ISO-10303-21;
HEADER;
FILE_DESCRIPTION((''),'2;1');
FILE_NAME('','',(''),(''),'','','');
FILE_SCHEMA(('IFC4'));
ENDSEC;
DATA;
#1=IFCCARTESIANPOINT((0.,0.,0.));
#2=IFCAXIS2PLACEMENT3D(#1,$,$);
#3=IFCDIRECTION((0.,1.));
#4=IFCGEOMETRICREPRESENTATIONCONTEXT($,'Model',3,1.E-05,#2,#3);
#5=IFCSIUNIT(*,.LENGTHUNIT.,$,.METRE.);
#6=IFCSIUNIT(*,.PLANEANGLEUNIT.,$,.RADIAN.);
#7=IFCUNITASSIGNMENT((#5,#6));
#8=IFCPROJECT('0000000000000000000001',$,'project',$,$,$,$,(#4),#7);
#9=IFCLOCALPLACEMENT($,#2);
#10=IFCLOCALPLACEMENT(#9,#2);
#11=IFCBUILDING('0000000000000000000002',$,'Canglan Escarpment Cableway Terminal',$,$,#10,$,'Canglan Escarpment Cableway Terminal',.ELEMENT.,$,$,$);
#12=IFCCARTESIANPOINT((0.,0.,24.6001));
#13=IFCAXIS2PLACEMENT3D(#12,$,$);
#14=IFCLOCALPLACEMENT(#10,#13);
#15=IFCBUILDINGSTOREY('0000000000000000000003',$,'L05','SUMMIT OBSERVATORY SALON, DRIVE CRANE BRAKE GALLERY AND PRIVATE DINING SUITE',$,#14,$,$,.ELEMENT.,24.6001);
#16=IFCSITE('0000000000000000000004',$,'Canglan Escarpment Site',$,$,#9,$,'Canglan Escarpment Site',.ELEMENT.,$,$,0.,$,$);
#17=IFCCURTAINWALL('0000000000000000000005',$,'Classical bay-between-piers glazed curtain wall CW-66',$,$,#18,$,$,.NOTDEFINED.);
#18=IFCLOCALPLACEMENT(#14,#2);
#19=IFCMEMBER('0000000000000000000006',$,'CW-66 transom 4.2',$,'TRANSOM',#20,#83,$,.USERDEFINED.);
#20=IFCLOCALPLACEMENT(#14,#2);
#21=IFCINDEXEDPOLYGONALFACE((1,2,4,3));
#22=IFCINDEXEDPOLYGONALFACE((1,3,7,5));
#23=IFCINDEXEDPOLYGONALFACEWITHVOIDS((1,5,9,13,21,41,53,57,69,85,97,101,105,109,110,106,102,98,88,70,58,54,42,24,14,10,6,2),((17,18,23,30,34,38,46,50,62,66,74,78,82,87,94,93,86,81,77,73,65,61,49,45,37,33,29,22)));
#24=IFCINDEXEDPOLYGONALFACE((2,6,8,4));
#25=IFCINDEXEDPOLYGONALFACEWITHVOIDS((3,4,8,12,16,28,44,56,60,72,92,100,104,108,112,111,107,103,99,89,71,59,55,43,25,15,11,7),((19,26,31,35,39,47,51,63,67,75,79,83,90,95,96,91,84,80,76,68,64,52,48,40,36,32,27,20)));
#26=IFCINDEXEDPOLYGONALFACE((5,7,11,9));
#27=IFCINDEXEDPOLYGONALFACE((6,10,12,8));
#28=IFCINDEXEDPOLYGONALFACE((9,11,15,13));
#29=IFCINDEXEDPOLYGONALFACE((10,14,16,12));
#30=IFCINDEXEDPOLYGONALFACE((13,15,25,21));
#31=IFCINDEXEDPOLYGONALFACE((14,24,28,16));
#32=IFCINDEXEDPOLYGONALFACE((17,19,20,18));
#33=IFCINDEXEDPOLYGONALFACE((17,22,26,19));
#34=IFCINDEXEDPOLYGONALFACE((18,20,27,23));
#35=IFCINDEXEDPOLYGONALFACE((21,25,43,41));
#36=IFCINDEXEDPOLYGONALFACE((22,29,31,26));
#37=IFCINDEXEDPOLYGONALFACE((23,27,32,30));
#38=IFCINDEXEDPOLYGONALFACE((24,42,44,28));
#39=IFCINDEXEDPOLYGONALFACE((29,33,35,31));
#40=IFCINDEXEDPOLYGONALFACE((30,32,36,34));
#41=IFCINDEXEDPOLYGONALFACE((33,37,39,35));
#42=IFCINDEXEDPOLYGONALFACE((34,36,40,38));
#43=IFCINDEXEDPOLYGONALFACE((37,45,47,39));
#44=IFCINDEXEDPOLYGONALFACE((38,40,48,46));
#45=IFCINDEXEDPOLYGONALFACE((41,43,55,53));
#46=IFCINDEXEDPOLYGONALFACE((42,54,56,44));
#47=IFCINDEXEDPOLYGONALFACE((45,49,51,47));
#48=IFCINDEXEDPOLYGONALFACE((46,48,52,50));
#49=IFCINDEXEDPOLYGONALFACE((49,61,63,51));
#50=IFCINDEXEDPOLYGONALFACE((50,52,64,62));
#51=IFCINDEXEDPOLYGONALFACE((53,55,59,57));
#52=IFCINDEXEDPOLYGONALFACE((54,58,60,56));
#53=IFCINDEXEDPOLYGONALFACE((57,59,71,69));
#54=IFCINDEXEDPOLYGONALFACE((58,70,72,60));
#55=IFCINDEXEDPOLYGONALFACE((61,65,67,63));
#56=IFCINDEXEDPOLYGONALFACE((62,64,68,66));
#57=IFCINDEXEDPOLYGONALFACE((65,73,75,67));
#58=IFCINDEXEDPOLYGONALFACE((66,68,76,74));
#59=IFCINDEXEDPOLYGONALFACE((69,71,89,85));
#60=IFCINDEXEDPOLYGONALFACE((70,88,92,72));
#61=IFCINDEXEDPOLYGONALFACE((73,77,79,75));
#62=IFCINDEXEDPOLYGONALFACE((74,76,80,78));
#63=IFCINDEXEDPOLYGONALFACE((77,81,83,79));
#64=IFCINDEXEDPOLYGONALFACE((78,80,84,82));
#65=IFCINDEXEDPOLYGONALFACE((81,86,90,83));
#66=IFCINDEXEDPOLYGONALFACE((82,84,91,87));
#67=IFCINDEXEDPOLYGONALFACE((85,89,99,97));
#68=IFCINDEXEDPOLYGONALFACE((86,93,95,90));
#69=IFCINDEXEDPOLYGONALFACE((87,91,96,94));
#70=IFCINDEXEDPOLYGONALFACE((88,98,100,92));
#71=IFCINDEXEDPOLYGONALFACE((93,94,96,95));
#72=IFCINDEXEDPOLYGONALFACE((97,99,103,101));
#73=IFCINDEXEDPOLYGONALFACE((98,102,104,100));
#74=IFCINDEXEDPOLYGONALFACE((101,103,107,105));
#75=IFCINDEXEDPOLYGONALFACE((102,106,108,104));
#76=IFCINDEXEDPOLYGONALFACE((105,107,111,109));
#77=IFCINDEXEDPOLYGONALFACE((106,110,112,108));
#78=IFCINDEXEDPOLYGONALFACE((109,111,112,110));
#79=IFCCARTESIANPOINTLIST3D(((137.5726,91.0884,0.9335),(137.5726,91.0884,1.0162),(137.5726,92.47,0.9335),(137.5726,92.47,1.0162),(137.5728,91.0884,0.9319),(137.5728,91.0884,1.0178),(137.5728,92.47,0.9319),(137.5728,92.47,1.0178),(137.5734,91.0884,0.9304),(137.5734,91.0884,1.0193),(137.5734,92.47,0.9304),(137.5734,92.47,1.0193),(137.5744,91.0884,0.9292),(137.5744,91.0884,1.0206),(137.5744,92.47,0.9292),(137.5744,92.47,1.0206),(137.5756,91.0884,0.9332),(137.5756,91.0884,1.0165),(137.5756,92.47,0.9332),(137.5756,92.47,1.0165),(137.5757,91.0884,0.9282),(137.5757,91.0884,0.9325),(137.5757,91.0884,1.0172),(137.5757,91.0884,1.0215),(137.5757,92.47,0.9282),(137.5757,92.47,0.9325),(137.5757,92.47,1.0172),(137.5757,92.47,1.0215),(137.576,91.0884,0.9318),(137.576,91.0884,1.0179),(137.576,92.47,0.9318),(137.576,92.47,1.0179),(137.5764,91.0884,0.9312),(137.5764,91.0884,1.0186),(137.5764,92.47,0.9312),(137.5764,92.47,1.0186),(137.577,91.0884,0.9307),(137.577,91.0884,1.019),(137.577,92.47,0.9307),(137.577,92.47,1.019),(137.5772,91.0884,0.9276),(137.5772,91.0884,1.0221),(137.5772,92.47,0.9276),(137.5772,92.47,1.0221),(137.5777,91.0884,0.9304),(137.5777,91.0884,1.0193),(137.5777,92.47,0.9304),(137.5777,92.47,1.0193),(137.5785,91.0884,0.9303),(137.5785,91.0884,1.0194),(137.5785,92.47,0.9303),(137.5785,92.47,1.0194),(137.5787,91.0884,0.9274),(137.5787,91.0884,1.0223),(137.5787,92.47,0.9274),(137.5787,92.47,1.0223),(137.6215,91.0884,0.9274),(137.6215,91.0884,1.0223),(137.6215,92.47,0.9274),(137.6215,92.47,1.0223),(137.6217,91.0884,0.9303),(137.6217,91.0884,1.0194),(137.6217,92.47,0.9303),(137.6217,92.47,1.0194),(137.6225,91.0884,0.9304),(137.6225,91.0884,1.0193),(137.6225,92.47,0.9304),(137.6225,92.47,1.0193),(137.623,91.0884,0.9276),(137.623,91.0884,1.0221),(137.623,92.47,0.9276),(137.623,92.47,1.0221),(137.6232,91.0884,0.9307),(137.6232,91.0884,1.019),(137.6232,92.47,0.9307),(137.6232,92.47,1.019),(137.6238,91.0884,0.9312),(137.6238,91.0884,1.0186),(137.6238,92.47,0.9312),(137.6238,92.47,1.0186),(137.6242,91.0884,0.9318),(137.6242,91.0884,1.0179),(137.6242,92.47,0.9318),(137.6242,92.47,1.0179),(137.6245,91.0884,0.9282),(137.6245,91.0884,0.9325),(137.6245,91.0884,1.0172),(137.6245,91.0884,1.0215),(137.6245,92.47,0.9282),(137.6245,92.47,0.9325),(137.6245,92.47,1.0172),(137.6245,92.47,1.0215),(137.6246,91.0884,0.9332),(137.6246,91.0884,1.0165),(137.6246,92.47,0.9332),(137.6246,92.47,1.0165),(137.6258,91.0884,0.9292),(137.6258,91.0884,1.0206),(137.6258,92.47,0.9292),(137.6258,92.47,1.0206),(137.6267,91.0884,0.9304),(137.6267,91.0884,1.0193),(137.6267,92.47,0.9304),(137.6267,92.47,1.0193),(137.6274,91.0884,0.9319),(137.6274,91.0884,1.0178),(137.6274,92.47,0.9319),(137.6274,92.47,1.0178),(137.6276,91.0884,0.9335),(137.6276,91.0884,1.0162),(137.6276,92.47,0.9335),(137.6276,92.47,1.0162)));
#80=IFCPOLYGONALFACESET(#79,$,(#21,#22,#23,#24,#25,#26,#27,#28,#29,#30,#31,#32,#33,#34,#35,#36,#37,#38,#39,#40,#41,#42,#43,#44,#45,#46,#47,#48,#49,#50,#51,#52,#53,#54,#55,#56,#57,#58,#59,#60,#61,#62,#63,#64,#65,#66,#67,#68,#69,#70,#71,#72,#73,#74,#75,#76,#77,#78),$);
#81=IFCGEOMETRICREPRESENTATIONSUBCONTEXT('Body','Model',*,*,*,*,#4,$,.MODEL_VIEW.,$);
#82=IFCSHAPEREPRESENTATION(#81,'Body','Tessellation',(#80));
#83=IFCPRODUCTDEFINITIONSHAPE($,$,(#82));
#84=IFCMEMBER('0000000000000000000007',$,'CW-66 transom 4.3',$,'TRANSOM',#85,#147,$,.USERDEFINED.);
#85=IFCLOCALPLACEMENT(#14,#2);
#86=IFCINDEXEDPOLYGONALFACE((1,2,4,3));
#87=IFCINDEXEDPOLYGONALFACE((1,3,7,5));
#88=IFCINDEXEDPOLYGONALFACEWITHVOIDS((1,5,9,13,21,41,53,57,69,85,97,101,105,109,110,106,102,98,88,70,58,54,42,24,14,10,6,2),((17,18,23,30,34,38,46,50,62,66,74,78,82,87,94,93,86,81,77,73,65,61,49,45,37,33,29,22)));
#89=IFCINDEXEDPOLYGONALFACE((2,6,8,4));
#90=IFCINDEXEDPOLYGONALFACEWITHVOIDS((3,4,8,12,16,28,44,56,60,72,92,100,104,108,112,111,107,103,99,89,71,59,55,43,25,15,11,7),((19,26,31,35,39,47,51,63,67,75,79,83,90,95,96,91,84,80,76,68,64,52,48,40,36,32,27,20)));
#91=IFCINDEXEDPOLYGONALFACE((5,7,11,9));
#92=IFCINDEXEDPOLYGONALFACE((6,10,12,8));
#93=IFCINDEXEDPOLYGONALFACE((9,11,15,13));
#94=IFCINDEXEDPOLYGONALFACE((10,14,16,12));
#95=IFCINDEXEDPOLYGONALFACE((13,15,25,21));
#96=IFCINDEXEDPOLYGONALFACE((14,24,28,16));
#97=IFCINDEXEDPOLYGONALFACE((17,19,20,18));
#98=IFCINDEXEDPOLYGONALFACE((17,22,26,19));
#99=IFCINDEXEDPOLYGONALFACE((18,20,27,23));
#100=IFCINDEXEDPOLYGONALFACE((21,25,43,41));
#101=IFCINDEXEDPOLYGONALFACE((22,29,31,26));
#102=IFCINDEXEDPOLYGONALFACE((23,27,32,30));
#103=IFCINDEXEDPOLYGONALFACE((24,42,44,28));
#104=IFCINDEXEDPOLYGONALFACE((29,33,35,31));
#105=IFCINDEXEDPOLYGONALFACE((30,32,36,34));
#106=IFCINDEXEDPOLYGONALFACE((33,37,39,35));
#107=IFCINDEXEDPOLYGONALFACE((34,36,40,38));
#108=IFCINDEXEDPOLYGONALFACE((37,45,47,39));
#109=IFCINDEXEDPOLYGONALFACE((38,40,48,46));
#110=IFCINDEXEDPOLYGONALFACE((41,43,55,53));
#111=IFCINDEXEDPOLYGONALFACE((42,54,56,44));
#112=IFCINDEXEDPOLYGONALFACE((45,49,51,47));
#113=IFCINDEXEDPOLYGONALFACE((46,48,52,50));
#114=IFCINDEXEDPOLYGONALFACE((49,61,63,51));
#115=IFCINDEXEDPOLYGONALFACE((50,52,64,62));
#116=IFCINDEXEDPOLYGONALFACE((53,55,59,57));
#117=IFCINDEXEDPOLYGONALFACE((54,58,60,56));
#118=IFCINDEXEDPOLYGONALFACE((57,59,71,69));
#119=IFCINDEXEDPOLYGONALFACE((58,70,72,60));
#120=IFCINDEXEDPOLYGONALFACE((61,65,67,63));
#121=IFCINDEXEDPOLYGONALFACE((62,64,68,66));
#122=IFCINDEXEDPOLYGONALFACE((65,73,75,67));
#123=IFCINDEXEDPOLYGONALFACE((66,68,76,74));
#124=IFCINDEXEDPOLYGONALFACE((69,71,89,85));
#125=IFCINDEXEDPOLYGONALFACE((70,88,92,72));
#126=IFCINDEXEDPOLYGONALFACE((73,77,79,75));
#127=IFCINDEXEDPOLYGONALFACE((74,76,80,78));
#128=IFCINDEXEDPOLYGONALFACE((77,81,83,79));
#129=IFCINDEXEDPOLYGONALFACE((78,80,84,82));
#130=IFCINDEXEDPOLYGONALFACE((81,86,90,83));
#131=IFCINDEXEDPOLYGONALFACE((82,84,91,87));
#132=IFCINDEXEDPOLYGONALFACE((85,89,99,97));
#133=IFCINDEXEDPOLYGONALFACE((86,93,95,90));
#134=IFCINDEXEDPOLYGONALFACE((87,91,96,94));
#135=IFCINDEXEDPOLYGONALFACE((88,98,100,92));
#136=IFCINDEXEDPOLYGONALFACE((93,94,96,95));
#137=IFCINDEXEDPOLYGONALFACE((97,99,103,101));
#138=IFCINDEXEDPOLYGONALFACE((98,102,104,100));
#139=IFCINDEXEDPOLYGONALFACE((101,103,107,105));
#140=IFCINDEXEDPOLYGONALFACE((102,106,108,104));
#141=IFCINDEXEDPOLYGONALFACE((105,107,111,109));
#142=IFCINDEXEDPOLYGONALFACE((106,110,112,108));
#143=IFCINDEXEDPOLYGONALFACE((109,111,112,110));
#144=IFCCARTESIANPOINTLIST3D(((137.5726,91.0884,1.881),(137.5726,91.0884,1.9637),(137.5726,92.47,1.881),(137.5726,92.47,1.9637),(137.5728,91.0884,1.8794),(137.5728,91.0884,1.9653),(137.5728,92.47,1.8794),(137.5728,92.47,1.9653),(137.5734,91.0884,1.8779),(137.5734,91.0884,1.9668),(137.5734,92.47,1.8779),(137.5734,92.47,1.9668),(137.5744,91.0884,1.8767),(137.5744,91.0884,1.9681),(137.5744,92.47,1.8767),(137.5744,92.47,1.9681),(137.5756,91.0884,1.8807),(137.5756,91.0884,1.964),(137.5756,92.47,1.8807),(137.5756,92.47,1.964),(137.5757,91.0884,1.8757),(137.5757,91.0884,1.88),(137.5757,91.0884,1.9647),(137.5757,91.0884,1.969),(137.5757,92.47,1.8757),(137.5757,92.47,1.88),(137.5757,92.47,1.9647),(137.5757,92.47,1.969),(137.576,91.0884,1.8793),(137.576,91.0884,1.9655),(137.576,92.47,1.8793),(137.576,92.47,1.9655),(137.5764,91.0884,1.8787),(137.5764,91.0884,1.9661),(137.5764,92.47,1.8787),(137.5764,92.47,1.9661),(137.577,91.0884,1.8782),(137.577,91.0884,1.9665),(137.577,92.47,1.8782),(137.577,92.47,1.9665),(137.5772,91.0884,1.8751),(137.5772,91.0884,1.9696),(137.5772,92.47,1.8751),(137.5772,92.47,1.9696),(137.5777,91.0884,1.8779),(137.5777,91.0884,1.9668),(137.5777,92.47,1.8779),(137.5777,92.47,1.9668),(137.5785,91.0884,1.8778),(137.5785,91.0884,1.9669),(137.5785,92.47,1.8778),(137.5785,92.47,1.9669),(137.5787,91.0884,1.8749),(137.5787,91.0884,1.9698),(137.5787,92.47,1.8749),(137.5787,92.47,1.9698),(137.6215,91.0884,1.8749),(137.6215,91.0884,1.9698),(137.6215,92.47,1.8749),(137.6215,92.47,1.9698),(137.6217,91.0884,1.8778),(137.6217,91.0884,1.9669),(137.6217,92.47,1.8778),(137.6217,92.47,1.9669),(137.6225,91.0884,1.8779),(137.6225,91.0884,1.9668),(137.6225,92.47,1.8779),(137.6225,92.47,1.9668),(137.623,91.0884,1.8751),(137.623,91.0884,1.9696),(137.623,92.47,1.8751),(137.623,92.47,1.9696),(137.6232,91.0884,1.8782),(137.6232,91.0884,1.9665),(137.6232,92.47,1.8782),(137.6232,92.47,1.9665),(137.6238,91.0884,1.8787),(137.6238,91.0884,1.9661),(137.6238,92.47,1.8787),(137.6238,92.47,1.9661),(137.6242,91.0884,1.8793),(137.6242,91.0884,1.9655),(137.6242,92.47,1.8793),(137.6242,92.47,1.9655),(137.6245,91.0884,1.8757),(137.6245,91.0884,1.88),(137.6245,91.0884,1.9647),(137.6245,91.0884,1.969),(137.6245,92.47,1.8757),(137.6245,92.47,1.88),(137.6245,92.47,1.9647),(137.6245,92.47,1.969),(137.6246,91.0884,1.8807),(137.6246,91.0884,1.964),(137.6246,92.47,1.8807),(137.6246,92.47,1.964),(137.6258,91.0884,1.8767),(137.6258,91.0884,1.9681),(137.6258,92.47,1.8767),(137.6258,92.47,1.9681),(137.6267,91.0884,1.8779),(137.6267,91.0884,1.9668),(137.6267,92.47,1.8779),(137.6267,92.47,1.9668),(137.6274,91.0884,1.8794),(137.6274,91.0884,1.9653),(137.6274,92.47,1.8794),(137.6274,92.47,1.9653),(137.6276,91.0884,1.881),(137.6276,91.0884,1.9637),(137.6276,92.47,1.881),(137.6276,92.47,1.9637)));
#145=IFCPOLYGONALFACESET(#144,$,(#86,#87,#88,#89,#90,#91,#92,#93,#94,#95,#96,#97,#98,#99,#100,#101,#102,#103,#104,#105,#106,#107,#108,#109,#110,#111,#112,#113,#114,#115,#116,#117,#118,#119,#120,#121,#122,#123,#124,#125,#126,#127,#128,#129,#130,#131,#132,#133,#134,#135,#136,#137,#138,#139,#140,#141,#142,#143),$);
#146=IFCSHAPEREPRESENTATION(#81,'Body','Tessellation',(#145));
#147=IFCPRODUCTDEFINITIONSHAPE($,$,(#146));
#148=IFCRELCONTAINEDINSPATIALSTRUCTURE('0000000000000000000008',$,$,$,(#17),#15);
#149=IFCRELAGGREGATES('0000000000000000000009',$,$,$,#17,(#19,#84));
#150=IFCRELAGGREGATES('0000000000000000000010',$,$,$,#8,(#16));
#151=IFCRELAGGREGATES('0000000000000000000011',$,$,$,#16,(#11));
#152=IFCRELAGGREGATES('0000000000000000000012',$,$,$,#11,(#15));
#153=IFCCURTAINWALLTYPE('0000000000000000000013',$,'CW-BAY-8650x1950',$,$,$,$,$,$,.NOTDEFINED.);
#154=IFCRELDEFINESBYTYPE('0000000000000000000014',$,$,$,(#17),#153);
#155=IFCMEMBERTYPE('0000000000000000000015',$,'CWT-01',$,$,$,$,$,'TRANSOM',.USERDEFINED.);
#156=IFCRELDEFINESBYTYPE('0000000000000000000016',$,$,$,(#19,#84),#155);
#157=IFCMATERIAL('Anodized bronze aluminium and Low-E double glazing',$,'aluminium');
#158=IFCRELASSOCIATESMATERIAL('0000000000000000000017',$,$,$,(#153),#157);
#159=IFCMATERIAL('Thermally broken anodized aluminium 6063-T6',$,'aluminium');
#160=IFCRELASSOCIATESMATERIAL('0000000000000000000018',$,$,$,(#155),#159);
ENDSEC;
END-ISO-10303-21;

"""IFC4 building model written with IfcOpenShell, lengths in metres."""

from ifc_helpers import new_model, si_unit, direction, frame, origin, origin_2d, place, context, subcontext, project, spatial, hollow_rectangle, extrude, material, material_profile, profile_set, type_object, element, aggregate, save


model = new_model("IFC4")

# Units and contexts
model_context = context("Model", 3, precision=1e-05, world=origin(), true_north=direction((0.0, 1.0)))
body_context = subcontext(model_context, "Body", "Model", "MODEL_VIEW")
ifc_project = project(units=[si_unit("LENGTHUNIT", "METRE"), si_unit("PLANEANGLEUNIT", "RADIAN")], contexts=[model_context])

# Site, building, storey
site_placement = place(None, origin())
site = spatial("IfcSite", under=ifc_project, at=site_placement, Name="Canglan Escarpment Site", LongName="Canglan Escarpment Site", CompositionType="ELEMENT", RefElevation=0.0)
building_placement = place(site_placement, origin())
building = spatial("IfcBuilding", under=site, at=building_placement, Name="Canglan Escarpment Cableway Terminal", LongName="Canglan Escarpment Cableway Terminal", CompositionType="ELEMENT")
storey_placement = place(building_placement, frame((0.0, 0.0, 24.6001)))
storey = spatial("IfcBuildingStorey", under=building, at=storey_placement, Name="L05", Description="SUMMIT OBSERVATORY SALON, DRIVE CRANE BRAKE GALLERY AND PRIVATE DINING SUITE", CompositionType="ELEMENT", Elevation=24.6001)

# Curtain wall, members
ifc_material_1 = material(Name="Anodized bronze aluminium and Low-E double glazing", Category="aluminium")
curtain_wall_type = type_object("IfcCurtainWallType", Name="CW-BAY-8650x1950", PredefinedType="NOTDEFINED", material=ifc_material_1)
curtain_wall_placement = place(storey_placement, origin())
curtain_wall = element("IfcCurtainWall", 1, at=curtain_wall_placement, inside=storey, type_object=curtain_wall_type, Name="Classical bay-between-piers glazed curtain wall CW-66", PredefinedType="NOTDEFINED")
ifc_material_2 = material(Name="Thermally broken anodized aluminium 6063-T6", Category="aluminium")
ifc_material_profile_1 = material_profile(ifc_material_2, hollow_rectangle(XDim=0.0549, YDim=0.095, WallThickness=0.0029, InnerFilletRadius=0.0029, OuterFilletRadius=0.0061, at=origin_2d()), Name="ALU-TRAN 55x95x3")
ifc_profile_set_1 = profile_set([ifc_material_profile_1], Name="Thermally broken anodized aluminium 6063-T6")
member_type_1 = type_object("IfcMemberType", Name="CWT-01", ElementType="TRANSOM", PredefinedType="USERDEFINED", material=ifc_profile_set_1)
member_1_placement = place(storey_placement, frame((137.6001, 92.47, 0.9749), z_axis=(0.0, -1.0, 0.0), x_axis=(1.0, 0.0, 0.0)))
member_1 = element("IfcMember", 2, at=member_1_placement, type_object=member_type_1, Name="CW-66 transom 4.2", ObjectType="TRANSOM", PredefinedType="USERDEFINED", context=body_context, shape_type="SweptSolid", body=[
    extrude(hollow_rectangle(XDim=0.0549, YDim=0.095, WallThickness=0.0029, InnerFilletRadius=0.0029, OuterFilletRadius=0.0061, at=origin_2d()), origin(), (0.0, 0.0, 1.0), 1.3816),
])
member_2_placement = place(storey_placement, frame((137.6001, 92.47, 1.9224), z_axis=(0.0, -1.0, 0.0), x_axis=(1.0, 0.0, 0.0)))
member_2 = element("IfcMember", 3, at=member_2_placement, type_object=member_type_1, Name="CW-66 transom 4.3", ObjectType="TRANSOM", PredefinedType="USERDEFINED", context=body_context, shape_type="SweptSolid", body=[
    extrude(hollow_rectangle(XDim=0.0549, YDim=0.095, WallThickness=0.0029, InnerFilletRadius=0.0029, OuterFilletRadius=0.0061, at=origin_2d()), origin(), (0.0, 0.0, 1.0), 1.3816),
])

aggregate(curtain_wall, [member_1, member_2])

save(model, "model.ifc")
